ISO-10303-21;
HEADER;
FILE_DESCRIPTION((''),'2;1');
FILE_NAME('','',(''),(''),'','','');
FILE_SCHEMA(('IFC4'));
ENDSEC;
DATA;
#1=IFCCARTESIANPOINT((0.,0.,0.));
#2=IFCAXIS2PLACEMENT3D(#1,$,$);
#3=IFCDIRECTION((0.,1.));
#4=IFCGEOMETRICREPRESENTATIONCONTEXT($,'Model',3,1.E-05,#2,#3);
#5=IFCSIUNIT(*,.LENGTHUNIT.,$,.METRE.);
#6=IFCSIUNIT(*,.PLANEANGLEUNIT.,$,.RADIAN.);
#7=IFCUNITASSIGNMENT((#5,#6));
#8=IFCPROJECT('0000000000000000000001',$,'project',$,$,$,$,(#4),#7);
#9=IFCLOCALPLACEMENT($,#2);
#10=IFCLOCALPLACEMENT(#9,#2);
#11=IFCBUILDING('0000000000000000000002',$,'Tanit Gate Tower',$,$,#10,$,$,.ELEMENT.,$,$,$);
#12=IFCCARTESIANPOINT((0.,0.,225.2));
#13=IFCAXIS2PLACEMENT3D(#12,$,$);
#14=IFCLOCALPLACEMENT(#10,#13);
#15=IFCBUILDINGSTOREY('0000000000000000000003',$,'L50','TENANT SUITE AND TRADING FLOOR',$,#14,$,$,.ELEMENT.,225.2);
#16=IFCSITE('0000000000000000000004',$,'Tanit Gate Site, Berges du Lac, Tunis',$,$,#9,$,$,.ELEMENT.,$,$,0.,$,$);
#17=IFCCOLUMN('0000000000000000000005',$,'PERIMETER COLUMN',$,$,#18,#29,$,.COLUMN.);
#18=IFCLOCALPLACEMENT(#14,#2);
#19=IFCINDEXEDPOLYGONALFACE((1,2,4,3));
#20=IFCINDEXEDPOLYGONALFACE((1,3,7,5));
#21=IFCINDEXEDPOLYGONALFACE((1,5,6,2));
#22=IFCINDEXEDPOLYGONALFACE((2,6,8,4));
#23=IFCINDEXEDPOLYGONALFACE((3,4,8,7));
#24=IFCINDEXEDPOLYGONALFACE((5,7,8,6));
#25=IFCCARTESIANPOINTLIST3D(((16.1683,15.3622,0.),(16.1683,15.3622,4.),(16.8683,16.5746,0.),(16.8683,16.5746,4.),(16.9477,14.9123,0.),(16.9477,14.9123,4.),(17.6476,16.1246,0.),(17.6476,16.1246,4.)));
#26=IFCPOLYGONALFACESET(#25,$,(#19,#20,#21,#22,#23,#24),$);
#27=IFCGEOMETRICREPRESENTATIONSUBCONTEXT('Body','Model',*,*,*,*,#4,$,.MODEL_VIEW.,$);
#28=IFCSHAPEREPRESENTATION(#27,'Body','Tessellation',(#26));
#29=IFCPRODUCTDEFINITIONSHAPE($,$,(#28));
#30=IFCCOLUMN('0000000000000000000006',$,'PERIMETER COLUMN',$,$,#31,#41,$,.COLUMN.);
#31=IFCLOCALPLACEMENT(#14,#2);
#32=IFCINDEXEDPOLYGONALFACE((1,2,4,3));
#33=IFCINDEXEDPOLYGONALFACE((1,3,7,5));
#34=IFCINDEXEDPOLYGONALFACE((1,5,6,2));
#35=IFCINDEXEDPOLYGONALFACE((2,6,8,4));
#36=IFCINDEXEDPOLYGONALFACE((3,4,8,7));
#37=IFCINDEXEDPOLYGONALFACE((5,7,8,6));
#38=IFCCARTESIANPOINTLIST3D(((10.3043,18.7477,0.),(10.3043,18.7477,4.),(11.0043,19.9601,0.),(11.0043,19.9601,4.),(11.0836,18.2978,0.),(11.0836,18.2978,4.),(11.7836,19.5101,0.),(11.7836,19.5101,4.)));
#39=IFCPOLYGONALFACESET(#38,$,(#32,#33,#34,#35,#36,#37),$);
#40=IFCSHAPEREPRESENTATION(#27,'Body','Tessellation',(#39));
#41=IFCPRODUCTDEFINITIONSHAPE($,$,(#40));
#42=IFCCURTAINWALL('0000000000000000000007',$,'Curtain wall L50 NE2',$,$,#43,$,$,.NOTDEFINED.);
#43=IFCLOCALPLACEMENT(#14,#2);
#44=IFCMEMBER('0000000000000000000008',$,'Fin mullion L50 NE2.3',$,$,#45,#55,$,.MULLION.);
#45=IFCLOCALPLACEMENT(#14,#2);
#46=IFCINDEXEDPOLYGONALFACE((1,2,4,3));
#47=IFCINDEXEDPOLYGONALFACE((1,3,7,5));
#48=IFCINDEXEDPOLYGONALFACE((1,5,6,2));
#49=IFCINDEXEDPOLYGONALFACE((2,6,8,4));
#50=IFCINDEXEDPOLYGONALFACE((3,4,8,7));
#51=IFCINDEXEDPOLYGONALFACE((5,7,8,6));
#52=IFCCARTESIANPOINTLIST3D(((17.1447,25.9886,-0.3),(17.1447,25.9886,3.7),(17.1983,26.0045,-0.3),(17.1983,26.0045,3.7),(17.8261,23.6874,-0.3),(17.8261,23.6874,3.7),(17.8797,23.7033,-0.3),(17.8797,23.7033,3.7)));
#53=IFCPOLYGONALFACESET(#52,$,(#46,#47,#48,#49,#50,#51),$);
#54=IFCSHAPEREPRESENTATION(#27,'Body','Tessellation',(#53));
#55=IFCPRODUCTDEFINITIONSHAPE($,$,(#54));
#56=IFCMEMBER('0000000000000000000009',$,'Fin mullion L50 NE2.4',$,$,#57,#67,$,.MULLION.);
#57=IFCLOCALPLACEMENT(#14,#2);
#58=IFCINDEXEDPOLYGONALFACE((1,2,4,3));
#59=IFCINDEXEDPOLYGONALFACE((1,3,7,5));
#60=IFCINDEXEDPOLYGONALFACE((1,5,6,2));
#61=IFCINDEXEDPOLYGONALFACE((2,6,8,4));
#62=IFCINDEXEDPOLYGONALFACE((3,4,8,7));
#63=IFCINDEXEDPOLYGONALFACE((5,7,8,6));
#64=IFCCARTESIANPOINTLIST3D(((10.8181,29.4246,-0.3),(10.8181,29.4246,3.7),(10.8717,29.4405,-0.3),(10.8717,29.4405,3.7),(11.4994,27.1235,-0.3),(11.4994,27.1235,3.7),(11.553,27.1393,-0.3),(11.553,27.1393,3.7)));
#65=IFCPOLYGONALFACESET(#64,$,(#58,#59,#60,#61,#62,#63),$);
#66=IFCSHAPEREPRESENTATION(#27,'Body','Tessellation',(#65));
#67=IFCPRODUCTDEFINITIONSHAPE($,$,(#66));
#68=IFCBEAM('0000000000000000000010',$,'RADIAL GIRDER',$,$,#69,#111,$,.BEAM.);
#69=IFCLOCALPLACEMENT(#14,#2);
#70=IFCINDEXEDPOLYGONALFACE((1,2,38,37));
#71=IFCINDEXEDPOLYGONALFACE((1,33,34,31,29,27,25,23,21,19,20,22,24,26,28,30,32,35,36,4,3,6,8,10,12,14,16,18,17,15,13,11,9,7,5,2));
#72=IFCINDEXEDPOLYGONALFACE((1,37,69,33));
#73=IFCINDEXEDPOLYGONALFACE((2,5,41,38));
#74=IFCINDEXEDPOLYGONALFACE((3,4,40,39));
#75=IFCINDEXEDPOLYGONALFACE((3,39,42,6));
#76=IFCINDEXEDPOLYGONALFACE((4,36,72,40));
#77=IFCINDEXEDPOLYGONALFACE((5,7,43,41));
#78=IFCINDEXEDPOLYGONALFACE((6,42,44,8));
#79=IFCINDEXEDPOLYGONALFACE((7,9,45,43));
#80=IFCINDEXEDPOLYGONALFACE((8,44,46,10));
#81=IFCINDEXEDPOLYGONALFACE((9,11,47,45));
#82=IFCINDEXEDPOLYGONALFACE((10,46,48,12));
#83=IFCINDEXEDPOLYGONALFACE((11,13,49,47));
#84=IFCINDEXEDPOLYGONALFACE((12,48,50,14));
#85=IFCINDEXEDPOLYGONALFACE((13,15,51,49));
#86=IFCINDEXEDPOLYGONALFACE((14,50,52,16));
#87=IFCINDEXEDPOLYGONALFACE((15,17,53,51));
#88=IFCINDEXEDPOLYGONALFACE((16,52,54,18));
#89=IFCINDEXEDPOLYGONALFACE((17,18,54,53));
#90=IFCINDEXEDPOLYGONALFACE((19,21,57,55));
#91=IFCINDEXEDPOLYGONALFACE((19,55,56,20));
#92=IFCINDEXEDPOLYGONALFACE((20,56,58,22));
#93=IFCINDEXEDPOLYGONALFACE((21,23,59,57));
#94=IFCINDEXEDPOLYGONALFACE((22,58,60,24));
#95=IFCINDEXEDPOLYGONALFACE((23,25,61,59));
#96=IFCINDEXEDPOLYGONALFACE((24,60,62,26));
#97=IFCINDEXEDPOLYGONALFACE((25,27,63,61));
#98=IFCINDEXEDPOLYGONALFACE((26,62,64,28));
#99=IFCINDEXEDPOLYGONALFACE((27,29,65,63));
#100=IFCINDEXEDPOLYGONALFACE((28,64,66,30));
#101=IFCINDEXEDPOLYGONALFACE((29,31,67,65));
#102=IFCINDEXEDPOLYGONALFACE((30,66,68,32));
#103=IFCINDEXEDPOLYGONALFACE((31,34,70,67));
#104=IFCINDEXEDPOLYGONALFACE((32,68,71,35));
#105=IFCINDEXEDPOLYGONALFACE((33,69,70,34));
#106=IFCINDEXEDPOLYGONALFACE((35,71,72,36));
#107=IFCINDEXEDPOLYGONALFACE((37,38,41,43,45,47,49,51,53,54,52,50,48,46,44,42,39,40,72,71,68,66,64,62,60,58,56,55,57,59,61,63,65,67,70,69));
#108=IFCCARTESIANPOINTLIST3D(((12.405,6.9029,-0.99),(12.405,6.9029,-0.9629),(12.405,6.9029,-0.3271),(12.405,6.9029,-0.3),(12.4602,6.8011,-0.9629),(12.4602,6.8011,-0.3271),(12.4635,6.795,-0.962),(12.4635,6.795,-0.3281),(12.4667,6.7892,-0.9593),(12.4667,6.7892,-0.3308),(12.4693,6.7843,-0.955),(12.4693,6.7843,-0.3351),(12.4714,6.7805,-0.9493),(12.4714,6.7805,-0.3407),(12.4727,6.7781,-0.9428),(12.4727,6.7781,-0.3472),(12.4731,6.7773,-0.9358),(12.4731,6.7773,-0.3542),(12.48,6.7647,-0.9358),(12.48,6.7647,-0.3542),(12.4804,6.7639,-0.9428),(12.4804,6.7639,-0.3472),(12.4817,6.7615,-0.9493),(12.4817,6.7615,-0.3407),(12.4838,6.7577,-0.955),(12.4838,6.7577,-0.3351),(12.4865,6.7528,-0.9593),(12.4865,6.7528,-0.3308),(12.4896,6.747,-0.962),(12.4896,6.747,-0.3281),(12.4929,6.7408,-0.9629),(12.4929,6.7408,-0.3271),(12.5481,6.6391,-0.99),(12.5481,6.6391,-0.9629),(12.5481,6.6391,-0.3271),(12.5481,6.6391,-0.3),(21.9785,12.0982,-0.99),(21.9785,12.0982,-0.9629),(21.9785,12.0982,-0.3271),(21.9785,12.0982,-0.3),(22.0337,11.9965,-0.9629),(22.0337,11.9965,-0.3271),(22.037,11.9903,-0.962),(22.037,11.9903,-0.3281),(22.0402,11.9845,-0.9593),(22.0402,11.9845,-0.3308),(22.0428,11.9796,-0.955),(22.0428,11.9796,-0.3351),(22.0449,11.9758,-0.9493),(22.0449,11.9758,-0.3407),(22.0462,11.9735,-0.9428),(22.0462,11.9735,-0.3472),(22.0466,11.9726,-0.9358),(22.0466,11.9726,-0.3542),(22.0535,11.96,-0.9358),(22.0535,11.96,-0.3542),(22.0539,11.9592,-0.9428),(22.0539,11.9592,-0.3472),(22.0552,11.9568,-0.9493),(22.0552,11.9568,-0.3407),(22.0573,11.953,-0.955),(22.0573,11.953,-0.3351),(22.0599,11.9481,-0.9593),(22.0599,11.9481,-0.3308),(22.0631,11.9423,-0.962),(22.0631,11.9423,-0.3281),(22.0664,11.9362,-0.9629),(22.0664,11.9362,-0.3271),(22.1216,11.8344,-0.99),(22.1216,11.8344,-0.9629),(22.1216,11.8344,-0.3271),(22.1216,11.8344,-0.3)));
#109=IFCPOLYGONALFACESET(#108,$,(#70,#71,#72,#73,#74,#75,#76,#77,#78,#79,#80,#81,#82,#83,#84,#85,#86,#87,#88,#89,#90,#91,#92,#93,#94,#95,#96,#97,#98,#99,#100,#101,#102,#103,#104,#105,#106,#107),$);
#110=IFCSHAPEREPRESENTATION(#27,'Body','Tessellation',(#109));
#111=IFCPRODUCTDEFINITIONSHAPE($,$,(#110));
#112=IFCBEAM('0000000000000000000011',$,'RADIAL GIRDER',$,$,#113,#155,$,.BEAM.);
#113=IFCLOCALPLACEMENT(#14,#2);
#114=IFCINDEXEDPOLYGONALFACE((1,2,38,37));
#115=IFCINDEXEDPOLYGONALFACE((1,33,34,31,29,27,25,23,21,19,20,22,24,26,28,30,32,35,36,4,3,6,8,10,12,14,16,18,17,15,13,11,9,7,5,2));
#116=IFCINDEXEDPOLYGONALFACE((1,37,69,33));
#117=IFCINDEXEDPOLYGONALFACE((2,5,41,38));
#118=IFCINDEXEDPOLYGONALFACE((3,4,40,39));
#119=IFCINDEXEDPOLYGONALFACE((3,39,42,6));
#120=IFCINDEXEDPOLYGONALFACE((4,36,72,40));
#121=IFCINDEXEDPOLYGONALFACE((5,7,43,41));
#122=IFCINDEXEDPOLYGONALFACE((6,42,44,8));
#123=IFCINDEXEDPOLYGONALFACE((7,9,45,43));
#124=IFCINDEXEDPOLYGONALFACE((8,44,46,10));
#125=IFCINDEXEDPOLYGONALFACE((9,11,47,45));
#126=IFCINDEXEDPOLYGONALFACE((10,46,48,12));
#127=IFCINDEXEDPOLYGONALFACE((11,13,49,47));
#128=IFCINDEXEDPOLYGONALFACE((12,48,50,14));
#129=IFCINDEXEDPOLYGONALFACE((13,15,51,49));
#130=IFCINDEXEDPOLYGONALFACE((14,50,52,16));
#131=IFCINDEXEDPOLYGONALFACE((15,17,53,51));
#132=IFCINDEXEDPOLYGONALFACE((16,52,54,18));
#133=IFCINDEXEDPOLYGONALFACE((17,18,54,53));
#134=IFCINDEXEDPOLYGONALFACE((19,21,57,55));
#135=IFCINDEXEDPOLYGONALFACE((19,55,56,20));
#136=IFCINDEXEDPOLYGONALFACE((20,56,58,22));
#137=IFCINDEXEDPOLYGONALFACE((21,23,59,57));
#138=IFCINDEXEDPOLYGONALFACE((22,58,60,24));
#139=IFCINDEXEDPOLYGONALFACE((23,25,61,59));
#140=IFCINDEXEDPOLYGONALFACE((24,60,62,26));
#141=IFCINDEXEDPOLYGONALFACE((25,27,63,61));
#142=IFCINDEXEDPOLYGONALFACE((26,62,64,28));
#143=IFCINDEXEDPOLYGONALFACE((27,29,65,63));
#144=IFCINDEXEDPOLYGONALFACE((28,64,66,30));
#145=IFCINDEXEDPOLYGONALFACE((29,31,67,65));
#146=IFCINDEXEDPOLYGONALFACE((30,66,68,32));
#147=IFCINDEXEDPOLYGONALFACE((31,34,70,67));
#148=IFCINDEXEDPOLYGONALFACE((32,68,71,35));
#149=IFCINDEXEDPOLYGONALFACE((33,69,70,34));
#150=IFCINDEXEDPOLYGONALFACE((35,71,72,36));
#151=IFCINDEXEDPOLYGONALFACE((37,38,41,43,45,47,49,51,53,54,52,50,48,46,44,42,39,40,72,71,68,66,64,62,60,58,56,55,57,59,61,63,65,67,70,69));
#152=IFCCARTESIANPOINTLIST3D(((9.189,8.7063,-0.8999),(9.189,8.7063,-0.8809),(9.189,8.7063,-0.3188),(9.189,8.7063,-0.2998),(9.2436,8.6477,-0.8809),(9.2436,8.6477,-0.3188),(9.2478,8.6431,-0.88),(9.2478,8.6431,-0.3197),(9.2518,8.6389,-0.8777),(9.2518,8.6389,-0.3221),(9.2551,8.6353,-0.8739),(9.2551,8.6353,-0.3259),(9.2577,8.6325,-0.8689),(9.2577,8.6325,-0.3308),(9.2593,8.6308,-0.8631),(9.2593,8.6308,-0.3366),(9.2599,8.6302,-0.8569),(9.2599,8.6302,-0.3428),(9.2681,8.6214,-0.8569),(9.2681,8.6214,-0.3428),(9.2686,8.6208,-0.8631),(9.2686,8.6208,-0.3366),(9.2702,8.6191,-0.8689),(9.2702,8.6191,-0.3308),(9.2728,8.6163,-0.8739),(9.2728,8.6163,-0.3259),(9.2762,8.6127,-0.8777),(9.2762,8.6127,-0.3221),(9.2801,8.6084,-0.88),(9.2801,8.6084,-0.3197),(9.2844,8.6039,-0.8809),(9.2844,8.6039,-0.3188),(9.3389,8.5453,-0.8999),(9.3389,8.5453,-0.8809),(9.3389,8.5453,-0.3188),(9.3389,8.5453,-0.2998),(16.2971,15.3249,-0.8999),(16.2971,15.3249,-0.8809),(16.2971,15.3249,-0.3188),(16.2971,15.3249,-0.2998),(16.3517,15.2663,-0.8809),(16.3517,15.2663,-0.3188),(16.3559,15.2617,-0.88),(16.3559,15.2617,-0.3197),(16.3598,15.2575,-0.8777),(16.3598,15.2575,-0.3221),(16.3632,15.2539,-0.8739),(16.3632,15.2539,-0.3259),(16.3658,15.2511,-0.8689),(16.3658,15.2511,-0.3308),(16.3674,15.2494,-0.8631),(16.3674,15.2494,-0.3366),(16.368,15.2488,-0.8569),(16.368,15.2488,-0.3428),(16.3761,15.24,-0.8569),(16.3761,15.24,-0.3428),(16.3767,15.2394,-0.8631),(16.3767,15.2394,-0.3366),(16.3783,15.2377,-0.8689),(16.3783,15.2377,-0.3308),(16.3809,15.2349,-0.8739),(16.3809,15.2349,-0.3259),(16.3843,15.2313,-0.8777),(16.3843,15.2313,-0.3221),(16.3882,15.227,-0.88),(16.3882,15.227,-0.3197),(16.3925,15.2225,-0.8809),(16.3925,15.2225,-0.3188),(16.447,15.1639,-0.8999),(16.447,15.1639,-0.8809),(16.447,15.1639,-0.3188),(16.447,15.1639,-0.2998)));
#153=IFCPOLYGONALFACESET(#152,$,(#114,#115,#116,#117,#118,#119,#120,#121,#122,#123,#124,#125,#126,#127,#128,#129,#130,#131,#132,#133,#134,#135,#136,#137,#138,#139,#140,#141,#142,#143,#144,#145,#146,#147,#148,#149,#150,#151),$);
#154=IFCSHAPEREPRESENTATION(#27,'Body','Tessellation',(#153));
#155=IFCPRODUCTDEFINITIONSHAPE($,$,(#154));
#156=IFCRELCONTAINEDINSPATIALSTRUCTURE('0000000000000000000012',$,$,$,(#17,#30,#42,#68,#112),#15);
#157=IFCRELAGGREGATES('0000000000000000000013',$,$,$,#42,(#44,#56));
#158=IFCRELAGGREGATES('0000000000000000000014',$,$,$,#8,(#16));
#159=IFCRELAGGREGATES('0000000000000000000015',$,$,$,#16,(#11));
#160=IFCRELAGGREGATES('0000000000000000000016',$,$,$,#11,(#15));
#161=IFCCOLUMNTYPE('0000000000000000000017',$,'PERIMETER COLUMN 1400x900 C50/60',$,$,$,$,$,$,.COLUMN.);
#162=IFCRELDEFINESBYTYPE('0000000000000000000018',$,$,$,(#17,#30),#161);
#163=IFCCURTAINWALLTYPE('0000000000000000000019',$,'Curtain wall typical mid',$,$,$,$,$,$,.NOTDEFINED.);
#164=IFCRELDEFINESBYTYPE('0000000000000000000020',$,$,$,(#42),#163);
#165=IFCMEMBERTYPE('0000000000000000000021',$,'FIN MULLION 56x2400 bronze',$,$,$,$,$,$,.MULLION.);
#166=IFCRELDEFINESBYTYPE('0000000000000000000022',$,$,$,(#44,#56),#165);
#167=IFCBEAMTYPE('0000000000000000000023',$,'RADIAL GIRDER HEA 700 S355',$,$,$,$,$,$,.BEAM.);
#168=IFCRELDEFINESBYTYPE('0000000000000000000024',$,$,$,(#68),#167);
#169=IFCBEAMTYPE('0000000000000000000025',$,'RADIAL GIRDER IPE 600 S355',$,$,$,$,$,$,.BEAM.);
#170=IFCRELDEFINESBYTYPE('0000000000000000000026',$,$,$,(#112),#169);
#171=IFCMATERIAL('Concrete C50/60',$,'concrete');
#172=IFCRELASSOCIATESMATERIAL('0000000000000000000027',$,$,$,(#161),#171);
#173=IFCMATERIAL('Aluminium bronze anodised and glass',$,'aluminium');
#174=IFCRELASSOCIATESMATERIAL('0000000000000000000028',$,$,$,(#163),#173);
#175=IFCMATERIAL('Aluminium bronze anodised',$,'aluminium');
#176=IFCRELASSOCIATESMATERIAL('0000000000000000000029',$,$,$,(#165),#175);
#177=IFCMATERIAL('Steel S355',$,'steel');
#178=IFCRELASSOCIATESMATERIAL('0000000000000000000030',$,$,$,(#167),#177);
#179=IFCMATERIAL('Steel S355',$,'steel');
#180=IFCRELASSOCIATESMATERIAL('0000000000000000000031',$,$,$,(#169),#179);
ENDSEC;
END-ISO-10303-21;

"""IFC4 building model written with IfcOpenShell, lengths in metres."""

from ifc_helpers import new_model, si_unit, direction, frame, origin, origin_2d, place, context, subcontext, project, spatial, rectangle, i_section, extrude, material, material_profile, profile_set, type_object, element, aggregate, save


model = new_model("IFC4")

# Units and contexts
model_context = context("Model", 3, precision=1e-05, world=origin(), true_north=direction((0.0, 1.0)))
body_context = subcontext(model_context, "Body", "Model", "MODEL_VIEW")
ifc_project = project(units=[si_unit("LENGTHUNIT", "METRE"), si_unit("PLANEANGLEUNIT", "RADIAN")], contexts=[model_context])

# Site, building, storey
site_placement = place(None, origin())
site = spatial("IfcSite", under=ifc_project, at=site_placement, Name="Tanit Gate Site, Berges du Lac, Tunis", CompositionType="ELEMENT", RefElevation=0.0)
building_placement = place(site_placement, origin())
building = spatial("IfcBuilding", under=site, at=building_placement, Name="Tanit Gate Tower", CompositionType="ELEMENT")
storey_placement = place(building_placement, frame((0.0, 0.0, 225.2)))
storey = spatial("IfcBuildingStorey", under=building, at=storey_placement, Name="L50", Description="TENANT SUITE AND TRADING FLOOR", CompositionType="ELEMENT", Elevation=225.2)

# Columns
ifc_material_1 = material(Name="Concrete C50/60", Category="concrete")
ifc_material_profile_1 = material_profile(ifc_material_1, rectangle(XDim=1.3999, YDim=0.8999, at=origin_2d()), Name="RC 1400x900")
ifc_profile_set_1 = profile_set([ifc_material_profile_1], Name="Concrete C50/60")
column_type = type_object("IfcColumnType", Name="PERIMETER COLUMN 1400x900 C50/60", PredefinedType="COLUMN", material=ifc_profile_set_1)
for number, where, z_axis, x_axis, name in (
    (1, (16.908, 15.7434, 0.0), (0.0, 0.0, 1.0), (0.5, 0.866025, 0.0), "PERIMETER COLUMN"),
    (2, (11.0439, 19.1289, 0.0), (0.0, 0.0, 1.0), (0.5, 0.866025, 0.0), "PERIMETER COLUMN"),
):
    element("IfcColumn", number, at=place(storey_placement, frame(where, z_axis=z_axis, x_axis=x_axis)), inside=storey, type_object=column_type, Name=name, PredefinedType="COLUMN", context=body_context, shape_type="SweptSolid", body=[
        extrude(rectangle(XDim=1.3999, YDim=0.8999, at=origin_2d()), origin(), (0.0, 0.0, 1.0), 4.0),
    ])

# Curtain wall, members
ifc_material_2 = material(Name="Aluminium bronze anodised and glass", Category="aluminium")
curtain_wall_type = type_object("IfcCurtainWallType", Name="Curtain wall typical mid", PredefinedType="NOTDEFINED", material=ifc_material_2)
curtain_wall_placement = place(storey_placement, origin())
curtain_wall = element("IfcCurtainWall", 3, at=curtain_wall_placement, inside=storey, type_object=curtain_wall_type, Name="Curtain wall L50 NE2", PredefinedType="NOTDEFINED")
ifc_material_3 = material(Name="Aluminium bronze anodised", Category="aluminium")
ifc_material_profile_2 = material_profile(ifc_material_3, rectangle(XDim=2.3999, YDim=0.0559, at=origin_2d()), Name="56x2400 bronze fin mullion")
ifc_profile_set_2 = profile_set([ifc_material_profile_2], Name="Aluminium bronze anodised")
member_type_1 = type_object("IfcMemberType", Name="FIN MULLION 56x2400 bronze", PredefinedType="MULLION", material=ifc_profile_set_2)
member_1_placement = place(storey_placement, frame((17.5122, 24.8459, -0.3), z_axis=(0.0, 0.0, 1.0), x_axis=(0.283906, -0.958852, 0.0)))
member_1 = element("IfcMember", 4, at=member_1_placement, type_object=member_type_1, Name="Fin mullion L50 NE2.3", PredefinedType="MULLION", context=body_context, shape_type="SweptSolid", body=[
    extrude(rectangle(XDim=2.3999, YDim=0.0559, at=origin_2d()), origin(), (0.0, 0.0, 1.0), 4.0),
])
member_2_placement = place(storey_placement, frame((11.1855, 28.282, -0.3), z_axis=(0.0, 0.0, 1.0), x_axis=(0.283906, -0.958852, 0.0)))
member_2 = element("IfcMember", 5, at=member_2_placement, type_object=member_type_1, Name="Fin mullion L50 NE2.4", PredefinedType="MULLION", context=body_context, shape_type="SweptSolid", body=[
    extrude(rectangle(XDim=2.3999, YDim=0.0559, at=origin_2d()), origin(), (0.0, 0.0, 1.0), 4.0),
])

# Beams
ifc_material_4 = material(Name="Steel S355", Category="steel")
ifc_material_profile_3 = material_profile(ifc_material_4, i_section(OverallWidth=0.3, OverallDepth=0.6899, WebThickness=0.0144, FlangeThickness=0.0271, FilletRadius=0.0271, at=origin_2d()), Name="HEA 700")
ifc_profile_set_3 = profile_set([ifc_material_profile_3], Name="Steel S355")
beam_type_1 = type_object("IfcBeamType", Name="RADIAL GIRDER HEA 700 S355", PredefinedType="BEAM", material=ifc_profile_set_3)
beam_1_placement = place(storey_placement, frame((22.05, 11.9663, -0.645), z_axis=(-0.87892, -0.47697, 0.0), x_axis=(0.47697, -0.87892, 0.0)))
element("IfcBeam", 6, at=beam_1_placement, inside=storey, type_object=beam_type_1, Name="RADIAL GIRDER", PredefinedType="BEAM", context=body_context, shape_type="SweptSolid", body=[
    extrude(i_section(OverallWidth=0.3, OverallDepth=0.6899, WebThickness=0.0144, FlangeThickness=0.0271, FilletRadius=0.0271, at=origin_2d()), origin(), (0.0, 0.0, 1.0), 10.8923),
])
ifc_material_5 = material(Name="Steel S355", Category="steel")
ifc_material_profile_4 = material_profile(ifc_material_5, i_section(OverallWidth=0.22, OverallDepth=0.6001, WebThickness=0.012, FlangeThickness=0.019, FilletRadius=0.0239, at=origin_2d()), Name="IPE 600")
ifc_profile_set_4 = profile_set([ifc_material_profile_4], Name="Steel S355")
beam_type_2 = type_object("IfcBeamType", Name="RADIAL GIRDER IPE 600 S355", PredefinedType="BEAM", material=ifc_profile_set_4)
beam_2_placement = place(storey_placement, frame((16.3721, 15.2444, -0.5999), z_axis=(-0.731857, -0.681458, 0.0), x_axis=(0.681458, -0.731857, 0.0)))
element("IfcBeam", 7, at=beam_2_placement, inside=storey, type_object=beam_type_2, Name="RADIAL GIRDER", PredefinedType="BEAM", context=body_context, shape_type="SweptSolid", body=[
    extrude(i_section(OverallWidth=0.22, OverallDepth=0.6001, WebThickness=0.012, FlangeThickness=0.019, FilletRadius=0.0239, at=origin_2d()), origin(), (0.0, 0.0, 1.0), 9.7124),
])

aggregate(curtain_wall, [member_1, member_2])

save(model, "model.ifc")
